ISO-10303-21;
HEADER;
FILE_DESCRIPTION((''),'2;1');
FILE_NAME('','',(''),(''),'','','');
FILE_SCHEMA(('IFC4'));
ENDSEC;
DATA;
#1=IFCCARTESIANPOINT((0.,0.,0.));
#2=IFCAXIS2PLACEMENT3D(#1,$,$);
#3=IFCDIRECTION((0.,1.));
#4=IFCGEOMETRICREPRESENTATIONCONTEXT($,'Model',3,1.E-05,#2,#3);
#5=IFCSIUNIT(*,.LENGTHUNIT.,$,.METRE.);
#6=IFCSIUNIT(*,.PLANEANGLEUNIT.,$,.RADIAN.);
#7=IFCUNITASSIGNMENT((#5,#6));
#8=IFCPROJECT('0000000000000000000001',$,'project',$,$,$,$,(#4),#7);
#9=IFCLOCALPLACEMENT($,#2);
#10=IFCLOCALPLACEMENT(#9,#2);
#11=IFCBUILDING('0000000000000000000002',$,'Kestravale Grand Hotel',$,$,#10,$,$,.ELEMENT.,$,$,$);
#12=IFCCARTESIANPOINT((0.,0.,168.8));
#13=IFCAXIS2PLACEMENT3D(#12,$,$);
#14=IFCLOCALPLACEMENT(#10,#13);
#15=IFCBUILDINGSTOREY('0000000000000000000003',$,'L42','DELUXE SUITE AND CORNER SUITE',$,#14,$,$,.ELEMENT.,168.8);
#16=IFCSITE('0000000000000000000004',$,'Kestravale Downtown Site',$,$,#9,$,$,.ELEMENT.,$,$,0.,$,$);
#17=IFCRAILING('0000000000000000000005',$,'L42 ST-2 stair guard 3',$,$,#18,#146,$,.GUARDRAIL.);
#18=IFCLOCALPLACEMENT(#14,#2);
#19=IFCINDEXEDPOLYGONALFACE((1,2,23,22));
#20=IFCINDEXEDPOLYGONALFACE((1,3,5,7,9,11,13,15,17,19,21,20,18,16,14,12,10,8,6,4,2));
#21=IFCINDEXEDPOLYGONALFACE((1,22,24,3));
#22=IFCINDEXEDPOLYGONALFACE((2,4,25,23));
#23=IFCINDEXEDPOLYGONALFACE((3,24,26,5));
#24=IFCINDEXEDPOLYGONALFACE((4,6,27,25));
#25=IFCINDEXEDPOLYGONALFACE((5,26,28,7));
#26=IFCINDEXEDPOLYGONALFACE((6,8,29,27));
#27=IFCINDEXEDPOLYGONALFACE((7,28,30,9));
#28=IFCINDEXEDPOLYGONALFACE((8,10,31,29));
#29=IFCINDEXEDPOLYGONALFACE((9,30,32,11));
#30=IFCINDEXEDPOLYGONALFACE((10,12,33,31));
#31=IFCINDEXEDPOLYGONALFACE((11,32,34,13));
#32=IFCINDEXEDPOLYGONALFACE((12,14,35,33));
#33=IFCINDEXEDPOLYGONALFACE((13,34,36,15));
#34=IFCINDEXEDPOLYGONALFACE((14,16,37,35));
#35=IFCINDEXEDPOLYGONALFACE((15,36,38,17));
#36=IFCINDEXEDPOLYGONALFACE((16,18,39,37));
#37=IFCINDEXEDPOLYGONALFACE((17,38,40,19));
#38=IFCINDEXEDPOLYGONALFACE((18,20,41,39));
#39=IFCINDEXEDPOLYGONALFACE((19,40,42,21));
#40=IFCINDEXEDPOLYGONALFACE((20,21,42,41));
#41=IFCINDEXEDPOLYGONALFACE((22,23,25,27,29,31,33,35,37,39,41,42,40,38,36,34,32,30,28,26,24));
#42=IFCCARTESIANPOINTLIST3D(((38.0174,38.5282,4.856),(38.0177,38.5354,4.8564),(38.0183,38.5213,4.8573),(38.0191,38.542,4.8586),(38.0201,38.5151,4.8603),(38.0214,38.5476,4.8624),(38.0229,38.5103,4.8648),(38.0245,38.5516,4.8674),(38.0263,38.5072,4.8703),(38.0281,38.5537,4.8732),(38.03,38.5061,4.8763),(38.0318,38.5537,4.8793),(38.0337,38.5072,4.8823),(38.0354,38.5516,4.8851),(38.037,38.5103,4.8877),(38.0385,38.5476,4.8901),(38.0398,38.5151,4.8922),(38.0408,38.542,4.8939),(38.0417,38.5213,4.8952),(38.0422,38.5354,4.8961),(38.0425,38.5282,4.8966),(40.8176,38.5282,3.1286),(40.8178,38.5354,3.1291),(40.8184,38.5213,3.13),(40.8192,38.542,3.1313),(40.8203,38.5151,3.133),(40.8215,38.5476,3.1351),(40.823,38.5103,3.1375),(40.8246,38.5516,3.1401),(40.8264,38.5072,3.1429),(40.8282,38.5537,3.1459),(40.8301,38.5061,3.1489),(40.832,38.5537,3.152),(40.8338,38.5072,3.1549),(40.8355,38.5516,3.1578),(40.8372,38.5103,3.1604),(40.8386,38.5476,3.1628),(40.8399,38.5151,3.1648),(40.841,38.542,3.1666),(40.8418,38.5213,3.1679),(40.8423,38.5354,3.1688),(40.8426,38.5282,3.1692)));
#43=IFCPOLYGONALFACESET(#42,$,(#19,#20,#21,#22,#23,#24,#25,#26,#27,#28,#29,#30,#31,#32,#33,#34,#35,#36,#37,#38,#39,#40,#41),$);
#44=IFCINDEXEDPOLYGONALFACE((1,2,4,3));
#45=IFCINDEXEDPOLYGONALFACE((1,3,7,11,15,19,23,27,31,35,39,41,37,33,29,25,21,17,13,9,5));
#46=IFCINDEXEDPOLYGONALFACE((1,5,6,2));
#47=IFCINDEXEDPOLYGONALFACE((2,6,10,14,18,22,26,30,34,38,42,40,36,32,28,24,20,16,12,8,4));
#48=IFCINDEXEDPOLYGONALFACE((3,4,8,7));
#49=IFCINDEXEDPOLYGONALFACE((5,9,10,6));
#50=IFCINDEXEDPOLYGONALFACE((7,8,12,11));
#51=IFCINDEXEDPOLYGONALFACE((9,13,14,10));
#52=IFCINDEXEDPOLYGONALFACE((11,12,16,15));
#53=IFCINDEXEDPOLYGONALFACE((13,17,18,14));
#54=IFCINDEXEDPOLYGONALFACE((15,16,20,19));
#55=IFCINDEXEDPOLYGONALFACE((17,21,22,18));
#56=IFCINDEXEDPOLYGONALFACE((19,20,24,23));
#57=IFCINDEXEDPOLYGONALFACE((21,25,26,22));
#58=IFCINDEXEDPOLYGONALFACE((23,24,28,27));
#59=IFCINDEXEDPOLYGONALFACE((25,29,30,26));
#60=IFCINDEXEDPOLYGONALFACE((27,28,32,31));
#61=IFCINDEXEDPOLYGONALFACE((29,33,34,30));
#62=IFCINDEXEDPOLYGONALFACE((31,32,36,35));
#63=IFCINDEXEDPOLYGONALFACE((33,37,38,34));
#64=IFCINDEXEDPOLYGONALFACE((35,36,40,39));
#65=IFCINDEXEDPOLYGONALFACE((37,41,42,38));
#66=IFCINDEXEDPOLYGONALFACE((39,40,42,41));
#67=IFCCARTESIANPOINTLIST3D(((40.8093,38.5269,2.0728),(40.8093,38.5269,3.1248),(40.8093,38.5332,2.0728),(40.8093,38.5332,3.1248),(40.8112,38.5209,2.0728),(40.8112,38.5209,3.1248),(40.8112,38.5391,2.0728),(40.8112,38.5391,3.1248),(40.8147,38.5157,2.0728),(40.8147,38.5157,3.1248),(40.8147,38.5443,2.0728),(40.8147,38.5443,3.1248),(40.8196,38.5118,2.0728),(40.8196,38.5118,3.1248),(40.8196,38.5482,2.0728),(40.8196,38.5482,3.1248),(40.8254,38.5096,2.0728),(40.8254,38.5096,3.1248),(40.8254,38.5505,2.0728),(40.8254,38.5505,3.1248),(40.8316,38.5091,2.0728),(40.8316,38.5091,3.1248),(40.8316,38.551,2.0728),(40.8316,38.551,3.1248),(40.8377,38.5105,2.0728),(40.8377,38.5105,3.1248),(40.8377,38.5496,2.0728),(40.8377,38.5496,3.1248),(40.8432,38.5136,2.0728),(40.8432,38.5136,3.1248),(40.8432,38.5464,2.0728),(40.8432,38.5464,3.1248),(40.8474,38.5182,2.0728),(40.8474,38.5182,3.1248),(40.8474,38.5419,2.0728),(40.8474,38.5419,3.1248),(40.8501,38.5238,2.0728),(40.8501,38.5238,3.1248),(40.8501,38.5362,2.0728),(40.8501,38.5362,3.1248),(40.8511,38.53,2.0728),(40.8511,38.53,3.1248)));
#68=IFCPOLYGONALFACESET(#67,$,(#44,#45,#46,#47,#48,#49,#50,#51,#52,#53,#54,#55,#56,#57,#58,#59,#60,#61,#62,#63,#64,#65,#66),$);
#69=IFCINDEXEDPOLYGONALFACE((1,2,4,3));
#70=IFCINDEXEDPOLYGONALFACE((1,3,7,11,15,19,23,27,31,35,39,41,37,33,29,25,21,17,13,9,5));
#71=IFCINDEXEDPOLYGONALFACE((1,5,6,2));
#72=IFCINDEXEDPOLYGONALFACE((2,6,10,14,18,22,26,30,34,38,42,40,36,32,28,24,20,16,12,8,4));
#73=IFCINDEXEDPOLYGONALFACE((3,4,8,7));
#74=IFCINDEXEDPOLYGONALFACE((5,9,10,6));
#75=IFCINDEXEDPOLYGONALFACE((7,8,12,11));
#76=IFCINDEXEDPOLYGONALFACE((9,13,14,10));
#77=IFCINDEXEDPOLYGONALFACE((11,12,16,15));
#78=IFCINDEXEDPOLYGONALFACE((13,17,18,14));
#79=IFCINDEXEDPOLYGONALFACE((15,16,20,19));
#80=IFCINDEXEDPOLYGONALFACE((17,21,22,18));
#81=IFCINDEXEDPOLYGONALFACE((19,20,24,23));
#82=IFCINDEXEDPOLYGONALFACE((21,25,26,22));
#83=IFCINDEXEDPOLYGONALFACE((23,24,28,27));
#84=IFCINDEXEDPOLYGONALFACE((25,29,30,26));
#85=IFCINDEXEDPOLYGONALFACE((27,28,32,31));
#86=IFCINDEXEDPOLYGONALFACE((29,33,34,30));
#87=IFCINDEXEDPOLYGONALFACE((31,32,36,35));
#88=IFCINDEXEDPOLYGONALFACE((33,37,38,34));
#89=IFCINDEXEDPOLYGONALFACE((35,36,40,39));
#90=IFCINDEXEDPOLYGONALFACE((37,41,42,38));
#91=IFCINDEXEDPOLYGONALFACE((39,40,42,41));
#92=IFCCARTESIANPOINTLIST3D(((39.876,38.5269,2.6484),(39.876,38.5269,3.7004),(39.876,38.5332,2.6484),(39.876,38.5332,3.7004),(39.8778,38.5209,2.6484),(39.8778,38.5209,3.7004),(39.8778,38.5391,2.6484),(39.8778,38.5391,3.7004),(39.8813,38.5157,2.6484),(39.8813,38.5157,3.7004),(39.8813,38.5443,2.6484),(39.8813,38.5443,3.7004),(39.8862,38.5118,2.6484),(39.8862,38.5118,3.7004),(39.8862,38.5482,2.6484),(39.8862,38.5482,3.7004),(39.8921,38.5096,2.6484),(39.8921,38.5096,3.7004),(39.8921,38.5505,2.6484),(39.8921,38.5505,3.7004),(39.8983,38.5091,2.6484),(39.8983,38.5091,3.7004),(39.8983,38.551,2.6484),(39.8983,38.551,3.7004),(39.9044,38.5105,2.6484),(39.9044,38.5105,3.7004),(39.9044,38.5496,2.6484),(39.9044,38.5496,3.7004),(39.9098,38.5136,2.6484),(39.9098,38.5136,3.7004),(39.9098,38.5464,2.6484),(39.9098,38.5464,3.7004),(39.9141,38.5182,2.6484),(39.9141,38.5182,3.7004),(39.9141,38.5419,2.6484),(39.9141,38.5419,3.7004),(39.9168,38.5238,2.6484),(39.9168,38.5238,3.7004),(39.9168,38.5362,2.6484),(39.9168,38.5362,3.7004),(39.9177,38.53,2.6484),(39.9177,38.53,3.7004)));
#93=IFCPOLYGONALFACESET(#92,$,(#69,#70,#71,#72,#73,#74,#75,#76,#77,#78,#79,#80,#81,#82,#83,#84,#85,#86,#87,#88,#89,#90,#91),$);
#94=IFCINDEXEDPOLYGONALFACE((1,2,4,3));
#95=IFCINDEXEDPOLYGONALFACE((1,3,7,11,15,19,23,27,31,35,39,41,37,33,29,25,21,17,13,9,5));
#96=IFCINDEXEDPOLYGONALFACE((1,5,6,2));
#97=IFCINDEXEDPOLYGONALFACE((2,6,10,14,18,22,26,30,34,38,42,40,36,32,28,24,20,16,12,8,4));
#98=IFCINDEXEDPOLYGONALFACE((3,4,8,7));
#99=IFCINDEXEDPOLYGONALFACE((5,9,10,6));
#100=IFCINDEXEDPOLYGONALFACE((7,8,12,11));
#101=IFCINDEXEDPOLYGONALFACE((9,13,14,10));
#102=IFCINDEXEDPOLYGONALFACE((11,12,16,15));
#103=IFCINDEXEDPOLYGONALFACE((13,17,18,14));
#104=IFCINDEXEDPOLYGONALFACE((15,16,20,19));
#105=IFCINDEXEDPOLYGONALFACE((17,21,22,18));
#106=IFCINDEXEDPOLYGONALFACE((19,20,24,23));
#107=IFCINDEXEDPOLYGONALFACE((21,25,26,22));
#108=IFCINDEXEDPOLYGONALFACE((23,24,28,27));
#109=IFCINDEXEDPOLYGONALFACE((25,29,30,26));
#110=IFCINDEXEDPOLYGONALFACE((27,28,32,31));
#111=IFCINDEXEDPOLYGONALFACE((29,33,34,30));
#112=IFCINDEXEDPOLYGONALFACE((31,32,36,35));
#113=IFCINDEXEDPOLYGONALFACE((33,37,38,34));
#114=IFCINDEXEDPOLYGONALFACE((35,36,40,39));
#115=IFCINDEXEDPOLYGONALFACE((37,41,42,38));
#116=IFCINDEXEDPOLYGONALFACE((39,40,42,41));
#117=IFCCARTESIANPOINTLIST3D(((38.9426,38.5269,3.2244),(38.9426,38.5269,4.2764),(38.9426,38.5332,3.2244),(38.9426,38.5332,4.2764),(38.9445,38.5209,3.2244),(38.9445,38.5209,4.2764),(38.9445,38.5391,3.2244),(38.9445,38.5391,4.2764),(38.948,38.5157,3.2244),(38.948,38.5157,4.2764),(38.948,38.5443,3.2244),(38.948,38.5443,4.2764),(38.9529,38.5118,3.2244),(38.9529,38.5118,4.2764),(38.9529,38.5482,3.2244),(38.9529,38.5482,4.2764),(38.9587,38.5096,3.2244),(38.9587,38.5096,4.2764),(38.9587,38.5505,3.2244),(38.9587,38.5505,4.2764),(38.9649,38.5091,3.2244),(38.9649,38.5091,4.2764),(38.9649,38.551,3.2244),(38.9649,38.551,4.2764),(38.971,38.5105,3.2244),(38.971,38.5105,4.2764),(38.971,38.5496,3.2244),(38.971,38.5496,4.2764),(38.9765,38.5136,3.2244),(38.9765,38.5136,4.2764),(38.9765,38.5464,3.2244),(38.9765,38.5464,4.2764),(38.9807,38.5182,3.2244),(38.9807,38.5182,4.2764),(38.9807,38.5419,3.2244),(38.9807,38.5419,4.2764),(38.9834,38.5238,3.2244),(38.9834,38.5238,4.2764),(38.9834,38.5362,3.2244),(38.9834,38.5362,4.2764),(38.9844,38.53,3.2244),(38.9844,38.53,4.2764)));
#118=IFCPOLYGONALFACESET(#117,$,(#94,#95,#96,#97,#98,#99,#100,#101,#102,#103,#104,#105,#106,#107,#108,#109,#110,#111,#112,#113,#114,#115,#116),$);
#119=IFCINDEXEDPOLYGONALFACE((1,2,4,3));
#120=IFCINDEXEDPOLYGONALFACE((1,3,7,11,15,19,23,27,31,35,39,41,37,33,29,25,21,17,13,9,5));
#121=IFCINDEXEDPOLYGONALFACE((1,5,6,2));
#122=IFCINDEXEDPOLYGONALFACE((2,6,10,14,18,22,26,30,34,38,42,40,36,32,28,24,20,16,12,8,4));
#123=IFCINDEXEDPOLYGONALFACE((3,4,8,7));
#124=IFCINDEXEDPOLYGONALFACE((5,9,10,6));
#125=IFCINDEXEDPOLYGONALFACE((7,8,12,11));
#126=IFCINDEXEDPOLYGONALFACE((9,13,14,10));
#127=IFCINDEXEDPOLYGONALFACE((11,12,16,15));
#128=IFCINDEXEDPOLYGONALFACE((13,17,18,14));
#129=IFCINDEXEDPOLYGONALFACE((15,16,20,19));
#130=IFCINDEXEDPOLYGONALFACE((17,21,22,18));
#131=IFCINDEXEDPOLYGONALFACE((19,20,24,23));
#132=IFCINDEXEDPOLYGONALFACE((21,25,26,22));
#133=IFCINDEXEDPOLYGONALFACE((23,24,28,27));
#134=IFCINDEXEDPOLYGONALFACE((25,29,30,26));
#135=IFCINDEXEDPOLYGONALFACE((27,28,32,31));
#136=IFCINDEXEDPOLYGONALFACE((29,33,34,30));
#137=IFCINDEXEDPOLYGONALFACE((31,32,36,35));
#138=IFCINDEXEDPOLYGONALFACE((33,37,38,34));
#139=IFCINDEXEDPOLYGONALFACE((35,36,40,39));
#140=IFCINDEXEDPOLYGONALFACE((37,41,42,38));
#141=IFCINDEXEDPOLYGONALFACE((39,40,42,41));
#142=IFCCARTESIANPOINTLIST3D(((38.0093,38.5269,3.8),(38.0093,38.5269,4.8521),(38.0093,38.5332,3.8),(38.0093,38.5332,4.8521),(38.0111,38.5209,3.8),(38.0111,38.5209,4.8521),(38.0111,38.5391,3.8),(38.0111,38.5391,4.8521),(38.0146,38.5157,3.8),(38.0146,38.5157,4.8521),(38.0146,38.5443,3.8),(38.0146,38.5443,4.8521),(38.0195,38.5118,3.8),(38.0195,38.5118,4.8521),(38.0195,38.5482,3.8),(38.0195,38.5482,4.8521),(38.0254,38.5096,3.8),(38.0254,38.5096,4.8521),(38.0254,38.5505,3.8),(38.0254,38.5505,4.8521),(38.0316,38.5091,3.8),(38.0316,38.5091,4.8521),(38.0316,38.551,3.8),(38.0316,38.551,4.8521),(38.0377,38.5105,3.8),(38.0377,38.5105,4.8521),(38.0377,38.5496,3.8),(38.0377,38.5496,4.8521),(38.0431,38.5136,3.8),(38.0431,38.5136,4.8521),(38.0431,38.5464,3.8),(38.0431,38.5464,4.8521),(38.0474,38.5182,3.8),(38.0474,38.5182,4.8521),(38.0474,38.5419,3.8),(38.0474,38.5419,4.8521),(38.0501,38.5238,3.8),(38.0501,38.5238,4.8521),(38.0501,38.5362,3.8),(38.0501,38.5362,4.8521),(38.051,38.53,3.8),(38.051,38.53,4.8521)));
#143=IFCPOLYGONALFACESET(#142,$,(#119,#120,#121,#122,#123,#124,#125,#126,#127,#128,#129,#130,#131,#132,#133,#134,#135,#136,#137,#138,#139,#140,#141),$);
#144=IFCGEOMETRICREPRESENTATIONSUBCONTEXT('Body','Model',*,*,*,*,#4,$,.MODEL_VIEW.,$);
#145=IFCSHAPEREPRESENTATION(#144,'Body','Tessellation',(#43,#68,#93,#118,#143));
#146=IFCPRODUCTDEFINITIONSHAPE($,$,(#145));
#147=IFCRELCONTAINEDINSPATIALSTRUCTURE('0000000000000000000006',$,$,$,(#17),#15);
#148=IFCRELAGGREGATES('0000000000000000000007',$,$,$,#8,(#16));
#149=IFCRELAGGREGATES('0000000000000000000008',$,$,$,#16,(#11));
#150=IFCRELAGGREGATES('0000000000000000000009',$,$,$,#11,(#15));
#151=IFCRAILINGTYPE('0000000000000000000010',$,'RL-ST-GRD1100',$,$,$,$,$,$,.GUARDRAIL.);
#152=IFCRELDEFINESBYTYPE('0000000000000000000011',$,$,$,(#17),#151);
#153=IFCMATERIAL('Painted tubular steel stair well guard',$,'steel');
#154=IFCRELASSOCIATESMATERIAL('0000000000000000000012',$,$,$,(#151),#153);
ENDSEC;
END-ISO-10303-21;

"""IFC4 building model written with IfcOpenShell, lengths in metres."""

from ifc_helpers import new_model, si_unit, direction, frame, origin, origin_2d, place, context, subcontext, project, spatial, circle, extrude, material, type_object, element, save


model = new_model("IFC4")

# Units and contexts
model_context = context("Model", 3, precision=1e-05, world=origin(), true_north=direction((0.0, 1.0)))
body_context = subcontext(model_context, "Body", "Model", "MODEL_VIEW")
ifc_project = project(units=[si_unit("LENGTHUNIT", "METRE"), si_unit("PLANEANGLEUNIT", "RADIAN")], contexts=[model_context])

# Site, building, storey
site_placement = place(None, origin())
site = spatial("IfcSite", under=ifc_project, at=site_placement, Name="Kestravale Downtown Site", CompositionType="ELEMENT", RefElevation=0.0)
building_placement = place(site_placement, origin())
building = spatial("IfcBuilding", under=site, at=building_placement, Name="Kestravale Grand Hotel", CompositionType="ELEMENT")
storey_placement = place(building_placement, frame((0.0, 0.0, 168.8)))
storey = spatial("IfcBuildingStorey", under=building, at=storey_placement, Name="L42", Description="DELUXE SUITE AND CORNER SUITE", CompositionType="ELEMENT", Elevation=168.8)

# Railing
ifc_material_1 = material(Name="Painted tubular steel stair well guard", Category="steel")
railing_type_1 = type_object("IfcRailingType", Name="RL-ST-GRD1100", PredefinedType="GUARDRAIL", material=ifc_material_1)
railing_1_placement = place(storey_placement, frame((40.8301, 38.53, 2.0728)))
element("IfcRailing", 1, at=railing_1_placement, inside=storey, type_object=railing_type_1, Name="L42 ST-2 stair guard 3", PredefinedType="GUARDRAIL", context=body_context, shape_type="SweptSolid", body=[
    extrude(circle(Radius=0.0239, at=origin_2d()), frame((0.0, 0.0, 1.0762), z_axis=(-0.85109, 0.0, 0.52502), x_axis=(0.0, -1.0, 0.0)), (0.0, 0.0, 1.0), 3.29),
    extrude(circle(Radius=0.021, at=origin_2d()), origin(), (0.0, 0.0, 1.0), 1.052),
    extrude(circle(Radius=0.021, at=origin_2d()), frame((-0.9333, 0.0, 0.5757)), (0.0, 0.0, 1.0), 1.052),
    extrude(circle(Radius=0.021, at=origin_2d()), frame((-1.8667, 0.0, 1.1516)), (0.0, 0.0, 1.0), 1.052),
    extrude(circle(Radius=0.021, at=origin_2d()), frame((-2.8, 0.0, 1.7273)), (0.0, 0.0, 1.0), 1.052),
])

save(model, "model.ifc")
